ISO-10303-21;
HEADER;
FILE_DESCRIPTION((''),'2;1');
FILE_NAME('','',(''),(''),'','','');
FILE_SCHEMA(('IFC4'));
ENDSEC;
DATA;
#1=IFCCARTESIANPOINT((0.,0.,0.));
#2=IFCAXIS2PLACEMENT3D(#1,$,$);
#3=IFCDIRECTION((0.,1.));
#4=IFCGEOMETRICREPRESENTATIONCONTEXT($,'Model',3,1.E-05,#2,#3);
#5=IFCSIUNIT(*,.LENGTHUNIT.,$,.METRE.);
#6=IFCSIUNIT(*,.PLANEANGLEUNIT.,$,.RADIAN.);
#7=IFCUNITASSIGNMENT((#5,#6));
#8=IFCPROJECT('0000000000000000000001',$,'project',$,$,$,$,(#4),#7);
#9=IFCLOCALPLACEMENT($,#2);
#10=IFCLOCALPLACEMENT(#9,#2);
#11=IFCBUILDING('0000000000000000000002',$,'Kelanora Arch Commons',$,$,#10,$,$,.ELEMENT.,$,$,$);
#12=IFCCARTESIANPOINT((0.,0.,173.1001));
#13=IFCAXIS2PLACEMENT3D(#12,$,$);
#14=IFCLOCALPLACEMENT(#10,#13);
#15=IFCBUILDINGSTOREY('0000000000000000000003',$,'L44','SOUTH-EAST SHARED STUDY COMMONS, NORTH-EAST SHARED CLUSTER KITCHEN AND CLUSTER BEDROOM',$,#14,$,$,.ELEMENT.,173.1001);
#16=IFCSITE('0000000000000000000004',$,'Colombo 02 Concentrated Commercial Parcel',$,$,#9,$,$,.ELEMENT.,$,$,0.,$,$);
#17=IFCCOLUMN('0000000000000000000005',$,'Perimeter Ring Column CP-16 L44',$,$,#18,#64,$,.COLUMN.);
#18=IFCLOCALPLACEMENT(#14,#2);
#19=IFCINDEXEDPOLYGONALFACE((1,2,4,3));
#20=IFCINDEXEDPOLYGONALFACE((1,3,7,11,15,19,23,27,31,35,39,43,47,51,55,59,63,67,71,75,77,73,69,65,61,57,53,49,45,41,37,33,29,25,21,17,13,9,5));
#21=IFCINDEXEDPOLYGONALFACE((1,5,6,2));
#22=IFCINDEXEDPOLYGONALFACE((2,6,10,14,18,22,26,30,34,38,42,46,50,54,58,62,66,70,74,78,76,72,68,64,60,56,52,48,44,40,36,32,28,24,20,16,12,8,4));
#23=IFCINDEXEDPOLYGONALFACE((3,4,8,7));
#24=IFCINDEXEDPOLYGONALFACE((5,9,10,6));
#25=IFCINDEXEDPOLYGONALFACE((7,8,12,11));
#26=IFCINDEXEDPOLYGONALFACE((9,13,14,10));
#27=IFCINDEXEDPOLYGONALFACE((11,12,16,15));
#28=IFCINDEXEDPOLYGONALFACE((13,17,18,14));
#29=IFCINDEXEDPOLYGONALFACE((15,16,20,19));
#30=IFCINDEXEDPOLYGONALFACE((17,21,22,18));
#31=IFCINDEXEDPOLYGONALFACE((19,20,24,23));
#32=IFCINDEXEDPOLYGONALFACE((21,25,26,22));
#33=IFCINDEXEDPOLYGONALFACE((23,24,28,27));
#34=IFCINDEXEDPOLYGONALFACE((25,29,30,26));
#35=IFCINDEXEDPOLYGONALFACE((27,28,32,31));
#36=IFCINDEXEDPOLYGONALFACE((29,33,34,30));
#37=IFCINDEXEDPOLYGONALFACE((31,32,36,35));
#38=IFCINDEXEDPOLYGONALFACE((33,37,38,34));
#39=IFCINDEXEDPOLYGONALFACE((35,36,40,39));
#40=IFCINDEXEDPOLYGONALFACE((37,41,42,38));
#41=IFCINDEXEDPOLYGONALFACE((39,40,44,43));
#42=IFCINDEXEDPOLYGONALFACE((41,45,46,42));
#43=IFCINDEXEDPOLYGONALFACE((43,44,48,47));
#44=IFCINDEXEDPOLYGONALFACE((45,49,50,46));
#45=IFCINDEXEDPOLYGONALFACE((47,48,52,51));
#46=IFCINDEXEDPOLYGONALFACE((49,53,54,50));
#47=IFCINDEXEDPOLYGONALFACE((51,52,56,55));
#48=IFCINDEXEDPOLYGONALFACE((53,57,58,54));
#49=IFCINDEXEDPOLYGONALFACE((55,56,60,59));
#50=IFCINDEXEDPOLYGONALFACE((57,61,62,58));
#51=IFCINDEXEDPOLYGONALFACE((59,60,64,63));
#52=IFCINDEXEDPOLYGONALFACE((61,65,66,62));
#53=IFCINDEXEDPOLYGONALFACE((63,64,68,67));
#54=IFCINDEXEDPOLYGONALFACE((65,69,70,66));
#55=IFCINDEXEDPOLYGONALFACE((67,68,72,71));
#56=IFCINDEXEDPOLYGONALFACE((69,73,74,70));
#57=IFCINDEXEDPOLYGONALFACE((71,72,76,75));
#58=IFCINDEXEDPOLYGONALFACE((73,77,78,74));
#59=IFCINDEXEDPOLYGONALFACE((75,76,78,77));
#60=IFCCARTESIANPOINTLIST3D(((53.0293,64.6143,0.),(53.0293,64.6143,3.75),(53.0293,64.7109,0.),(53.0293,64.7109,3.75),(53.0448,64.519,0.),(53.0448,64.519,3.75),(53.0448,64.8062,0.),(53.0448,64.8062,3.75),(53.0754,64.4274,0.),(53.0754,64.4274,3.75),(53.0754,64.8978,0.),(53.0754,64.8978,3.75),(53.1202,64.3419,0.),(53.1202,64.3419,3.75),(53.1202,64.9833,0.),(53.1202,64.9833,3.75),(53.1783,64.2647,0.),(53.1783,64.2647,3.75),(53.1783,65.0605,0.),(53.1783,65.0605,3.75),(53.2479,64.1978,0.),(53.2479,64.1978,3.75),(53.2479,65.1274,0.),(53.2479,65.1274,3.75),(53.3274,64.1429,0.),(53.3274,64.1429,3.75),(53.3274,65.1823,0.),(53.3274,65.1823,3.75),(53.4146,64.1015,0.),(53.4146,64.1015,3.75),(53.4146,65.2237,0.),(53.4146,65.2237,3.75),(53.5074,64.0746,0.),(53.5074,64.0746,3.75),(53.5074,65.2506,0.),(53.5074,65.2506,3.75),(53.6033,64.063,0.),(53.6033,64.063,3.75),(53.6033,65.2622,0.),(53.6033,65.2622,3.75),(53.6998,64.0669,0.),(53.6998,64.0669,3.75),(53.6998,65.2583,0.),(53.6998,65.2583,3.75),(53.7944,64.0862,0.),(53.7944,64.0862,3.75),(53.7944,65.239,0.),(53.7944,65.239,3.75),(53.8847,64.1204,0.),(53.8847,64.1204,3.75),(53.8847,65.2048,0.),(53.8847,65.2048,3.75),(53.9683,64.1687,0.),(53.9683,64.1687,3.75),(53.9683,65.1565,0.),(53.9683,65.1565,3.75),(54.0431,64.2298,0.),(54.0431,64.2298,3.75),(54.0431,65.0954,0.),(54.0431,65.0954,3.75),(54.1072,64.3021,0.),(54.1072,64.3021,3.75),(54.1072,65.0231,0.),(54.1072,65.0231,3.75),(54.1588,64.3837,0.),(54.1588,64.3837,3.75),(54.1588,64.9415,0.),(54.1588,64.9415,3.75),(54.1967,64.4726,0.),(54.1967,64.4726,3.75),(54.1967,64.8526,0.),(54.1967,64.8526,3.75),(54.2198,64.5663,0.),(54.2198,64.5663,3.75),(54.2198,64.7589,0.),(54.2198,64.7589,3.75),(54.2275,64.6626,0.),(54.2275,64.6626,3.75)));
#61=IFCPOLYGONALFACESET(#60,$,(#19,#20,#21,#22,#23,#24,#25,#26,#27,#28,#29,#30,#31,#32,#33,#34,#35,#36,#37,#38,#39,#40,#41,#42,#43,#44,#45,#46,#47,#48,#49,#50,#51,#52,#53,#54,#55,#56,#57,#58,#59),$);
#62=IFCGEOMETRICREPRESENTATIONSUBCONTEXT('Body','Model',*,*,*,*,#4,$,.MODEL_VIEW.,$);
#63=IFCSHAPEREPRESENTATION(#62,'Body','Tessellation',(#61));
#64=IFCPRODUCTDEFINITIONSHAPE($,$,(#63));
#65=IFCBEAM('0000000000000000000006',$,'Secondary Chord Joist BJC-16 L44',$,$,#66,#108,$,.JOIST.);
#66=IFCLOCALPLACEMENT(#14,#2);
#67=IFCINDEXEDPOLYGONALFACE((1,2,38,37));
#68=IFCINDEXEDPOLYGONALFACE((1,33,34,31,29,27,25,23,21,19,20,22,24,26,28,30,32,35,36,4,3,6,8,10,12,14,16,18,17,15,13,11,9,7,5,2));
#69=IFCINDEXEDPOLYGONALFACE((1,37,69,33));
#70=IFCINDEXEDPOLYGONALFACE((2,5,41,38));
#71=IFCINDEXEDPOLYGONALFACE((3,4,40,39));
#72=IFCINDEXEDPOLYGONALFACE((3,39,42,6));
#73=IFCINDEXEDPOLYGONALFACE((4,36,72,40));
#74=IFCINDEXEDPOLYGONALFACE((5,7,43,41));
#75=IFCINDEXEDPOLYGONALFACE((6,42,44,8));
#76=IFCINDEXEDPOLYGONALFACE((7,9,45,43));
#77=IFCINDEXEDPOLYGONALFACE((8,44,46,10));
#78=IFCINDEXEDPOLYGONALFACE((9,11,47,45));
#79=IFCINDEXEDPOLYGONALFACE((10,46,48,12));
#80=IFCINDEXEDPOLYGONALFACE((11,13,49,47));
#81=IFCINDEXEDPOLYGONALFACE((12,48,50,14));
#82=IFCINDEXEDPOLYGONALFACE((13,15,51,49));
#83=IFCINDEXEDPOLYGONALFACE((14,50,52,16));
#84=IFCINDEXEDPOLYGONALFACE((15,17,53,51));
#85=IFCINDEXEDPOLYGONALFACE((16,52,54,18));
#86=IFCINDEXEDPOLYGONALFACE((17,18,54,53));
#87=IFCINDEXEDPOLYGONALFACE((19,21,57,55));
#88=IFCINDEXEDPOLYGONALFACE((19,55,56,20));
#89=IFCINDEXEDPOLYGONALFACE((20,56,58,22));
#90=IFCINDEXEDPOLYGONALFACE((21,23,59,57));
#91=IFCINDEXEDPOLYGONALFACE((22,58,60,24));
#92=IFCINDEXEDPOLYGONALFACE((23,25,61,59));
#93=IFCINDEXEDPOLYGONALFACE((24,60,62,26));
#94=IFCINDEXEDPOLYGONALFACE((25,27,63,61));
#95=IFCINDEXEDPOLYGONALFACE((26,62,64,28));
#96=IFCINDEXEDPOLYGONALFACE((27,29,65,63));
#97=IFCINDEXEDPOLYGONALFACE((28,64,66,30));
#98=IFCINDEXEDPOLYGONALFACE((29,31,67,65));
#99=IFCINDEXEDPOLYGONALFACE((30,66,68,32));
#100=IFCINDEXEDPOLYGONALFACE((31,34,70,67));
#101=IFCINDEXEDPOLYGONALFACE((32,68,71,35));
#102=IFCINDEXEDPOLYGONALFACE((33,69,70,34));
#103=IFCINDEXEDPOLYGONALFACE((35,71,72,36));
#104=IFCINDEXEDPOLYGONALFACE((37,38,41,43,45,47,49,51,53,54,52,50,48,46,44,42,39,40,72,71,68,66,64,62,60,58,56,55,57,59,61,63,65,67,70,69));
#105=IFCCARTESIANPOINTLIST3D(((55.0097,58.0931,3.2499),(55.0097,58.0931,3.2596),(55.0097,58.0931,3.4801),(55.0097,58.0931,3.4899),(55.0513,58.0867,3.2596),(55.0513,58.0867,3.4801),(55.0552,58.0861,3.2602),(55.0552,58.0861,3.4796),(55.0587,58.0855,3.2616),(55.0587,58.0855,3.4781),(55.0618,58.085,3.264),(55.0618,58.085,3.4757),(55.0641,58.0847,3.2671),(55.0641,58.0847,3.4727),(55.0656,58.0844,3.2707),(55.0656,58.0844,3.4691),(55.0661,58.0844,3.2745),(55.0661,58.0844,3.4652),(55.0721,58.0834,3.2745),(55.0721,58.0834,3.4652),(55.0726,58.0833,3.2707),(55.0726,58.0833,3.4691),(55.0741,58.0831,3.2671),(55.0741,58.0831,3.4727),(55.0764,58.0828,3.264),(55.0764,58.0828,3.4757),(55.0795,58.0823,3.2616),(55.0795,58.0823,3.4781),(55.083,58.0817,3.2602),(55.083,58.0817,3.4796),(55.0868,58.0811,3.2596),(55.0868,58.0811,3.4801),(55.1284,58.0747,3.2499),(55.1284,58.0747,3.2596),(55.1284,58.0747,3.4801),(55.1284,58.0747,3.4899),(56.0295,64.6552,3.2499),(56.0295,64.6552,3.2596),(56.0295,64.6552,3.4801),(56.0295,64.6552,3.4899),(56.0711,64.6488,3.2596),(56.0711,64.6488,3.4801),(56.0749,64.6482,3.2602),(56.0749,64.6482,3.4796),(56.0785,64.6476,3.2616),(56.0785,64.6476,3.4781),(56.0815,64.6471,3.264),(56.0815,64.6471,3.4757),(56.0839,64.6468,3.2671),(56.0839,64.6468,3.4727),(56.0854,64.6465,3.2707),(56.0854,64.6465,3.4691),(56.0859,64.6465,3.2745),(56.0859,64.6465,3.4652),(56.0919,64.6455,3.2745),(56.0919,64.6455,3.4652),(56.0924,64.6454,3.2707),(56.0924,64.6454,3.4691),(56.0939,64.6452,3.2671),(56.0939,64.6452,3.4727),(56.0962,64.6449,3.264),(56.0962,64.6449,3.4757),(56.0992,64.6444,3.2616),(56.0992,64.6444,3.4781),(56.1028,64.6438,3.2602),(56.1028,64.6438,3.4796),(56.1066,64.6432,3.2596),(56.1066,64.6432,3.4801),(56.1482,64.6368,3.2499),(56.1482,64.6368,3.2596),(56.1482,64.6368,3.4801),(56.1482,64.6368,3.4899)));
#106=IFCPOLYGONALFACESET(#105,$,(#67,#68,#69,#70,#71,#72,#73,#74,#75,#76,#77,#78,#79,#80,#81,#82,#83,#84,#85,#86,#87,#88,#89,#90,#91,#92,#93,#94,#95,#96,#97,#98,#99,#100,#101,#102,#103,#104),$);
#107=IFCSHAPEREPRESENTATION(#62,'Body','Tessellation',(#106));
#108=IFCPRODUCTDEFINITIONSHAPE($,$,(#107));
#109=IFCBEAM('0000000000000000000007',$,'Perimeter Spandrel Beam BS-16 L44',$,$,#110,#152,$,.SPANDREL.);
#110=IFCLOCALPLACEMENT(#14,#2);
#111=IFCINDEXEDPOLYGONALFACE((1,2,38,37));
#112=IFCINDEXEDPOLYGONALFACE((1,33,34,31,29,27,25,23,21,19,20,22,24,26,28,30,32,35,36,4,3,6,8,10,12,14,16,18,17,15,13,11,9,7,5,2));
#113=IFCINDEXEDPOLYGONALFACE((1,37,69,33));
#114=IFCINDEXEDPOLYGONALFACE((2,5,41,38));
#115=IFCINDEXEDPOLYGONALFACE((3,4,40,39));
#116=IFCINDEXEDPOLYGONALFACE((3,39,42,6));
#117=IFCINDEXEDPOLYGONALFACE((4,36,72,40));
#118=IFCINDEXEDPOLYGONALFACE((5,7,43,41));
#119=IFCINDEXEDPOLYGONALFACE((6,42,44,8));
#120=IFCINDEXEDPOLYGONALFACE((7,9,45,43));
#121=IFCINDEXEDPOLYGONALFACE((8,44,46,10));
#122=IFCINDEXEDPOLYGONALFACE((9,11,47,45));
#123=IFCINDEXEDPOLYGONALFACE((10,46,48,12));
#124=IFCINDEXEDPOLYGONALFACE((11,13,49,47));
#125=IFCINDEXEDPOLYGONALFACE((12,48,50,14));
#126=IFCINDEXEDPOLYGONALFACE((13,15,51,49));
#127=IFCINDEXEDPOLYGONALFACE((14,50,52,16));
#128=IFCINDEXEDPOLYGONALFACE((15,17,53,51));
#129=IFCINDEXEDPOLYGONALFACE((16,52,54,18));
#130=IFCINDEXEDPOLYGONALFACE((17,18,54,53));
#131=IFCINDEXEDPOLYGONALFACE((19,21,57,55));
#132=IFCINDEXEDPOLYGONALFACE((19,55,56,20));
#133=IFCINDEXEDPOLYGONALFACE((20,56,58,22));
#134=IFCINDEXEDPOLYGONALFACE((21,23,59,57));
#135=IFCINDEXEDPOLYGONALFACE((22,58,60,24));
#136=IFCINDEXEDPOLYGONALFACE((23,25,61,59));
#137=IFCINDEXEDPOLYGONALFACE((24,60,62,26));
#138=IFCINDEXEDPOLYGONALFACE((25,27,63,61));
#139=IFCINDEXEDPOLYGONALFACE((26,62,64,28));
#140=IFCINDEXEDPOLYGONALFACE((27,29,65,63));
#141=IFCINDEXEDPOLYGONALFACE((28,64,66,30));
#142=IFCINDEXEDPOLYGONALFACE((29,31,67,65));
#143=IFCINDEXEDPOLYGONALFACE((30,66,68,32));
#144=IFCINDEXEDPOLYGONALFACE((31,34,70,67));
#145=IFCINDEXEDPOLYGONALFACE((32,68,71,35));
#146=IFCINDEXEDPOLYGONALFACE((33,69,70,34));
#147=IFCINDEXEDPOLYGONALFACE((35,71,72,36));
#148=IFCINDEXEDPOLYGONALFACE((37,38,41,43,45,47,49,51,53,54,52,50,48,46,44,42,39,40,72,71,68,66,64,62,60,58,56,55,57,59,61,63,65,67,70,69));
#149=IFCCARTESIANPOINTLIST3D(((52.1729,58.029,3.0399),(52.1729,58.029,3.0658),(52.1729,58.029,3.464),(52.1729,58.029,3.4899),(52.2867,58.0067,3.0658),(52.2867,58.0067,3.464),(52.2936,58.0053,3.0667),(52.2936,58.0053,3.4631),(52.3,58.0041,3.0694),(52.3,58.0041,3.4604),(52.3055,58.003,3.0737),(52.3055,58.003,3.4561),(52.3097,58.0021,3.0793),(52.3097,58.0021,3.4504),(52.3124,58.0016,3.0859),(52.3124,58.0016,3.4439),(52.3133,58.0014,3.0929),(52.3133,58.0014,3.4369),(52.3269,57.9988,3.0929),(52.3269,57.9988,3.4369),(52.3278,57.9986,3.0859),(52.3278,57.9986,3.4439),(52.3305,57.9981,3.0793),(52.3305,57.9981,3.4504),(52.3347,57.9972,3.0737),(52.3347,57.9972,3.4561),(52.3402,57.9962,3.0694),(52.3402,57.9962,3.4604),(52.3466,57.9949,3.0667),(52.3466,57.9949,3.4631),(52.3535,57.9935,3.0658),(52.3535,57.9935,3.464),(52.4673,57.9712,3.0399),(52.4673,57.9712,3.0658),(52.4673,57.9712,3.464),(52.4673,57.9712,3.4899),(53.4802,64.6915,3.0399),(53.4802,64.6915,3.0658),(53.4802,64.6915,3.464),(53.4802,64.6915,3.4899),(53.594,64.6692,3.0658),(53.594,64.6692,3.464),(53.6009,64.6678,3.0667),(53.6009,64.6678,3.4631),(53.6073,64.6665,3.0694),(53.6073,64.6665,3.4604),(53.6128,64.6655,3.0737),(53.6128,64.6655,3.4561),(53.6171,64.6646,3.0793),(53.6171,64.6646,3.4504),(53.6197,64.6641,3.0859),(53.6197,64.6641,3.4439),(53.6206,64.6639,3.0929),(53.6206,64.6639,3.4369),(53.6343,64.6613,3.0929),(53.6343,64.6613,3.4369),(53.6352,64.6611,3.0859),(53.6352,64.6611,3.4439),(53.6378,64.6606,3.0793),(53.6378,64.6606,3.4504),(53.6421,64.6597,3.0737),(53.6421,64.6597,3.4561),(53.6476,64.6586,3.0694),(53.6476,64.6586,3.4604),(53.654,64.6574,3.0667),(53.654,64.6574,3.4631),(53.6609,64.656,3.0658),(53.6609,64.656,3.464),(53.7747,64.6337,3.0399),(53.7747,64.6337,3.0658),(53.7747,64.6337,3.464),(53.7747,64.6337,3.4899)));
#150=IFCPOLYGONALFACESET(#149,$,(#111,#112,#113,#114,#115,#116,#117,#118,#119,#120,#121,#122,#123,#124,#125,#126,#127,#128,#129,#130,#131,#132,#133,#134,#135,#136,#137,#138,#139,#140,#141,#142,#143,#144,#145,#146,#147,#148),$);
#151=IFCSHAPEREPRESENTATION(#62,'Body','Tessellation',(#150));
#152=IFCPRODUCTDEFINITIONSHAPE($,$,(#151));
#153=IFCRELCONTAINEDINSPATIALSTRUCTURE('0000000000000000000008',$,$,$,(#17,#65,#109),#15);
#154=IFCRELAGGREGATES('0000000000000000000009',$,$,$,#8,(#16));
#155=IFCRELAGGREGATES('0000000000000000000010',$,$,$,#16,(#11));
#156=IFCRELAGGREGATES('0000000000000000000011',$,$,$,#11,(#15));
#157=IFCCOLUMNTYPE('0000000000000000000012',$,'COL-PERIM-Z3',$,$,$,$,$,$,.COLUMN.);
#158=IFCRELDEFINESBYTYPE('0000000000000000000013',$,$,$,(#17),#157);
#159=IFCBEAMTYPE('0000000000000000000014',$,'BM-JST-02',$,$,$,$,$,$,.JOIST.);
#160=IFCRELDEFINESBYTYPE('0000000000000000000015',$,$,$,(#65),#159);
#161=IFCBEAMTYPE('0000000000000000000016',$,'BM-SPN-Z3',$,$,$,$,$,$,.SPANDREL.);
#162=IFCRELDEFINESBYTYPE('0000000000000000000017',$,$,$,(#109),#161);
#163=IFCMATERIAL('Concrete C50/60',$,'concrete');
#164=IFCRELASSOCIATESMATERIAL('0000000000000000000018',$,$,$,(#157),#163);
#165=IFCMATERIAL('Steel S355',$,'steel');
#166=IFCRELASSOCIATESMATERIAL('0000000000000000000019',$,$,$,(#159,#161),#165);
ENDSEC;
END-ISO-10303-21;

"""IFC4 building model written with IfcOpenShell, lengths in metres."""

from ifc_helpers import new_model, si_unit, direction, frame, origin, origin_2d, place, context, subcontext, project, spatial, circle, i_section, extrude, material, material_profile, profile_set, type_object, element, save


model = new_model("IFC4")

# Units and contexts
model_context = context("Model", 3, precision=1e-05, world=origin(), true_north=direction((0.0, 1.0)))
body_context = subcontext(model_context, "Body", "Model", "MODEL_VIEW")
ifc_project = project(units=[si_unit("LENGTHUNIT", "METRE"), si_unit("PLANEANGLEUNIT", "RADIAN")], contexts=[model_context])

# Site, building, storey
site_placement = place(None, origin())
site = spatial("IfcSite", under=ifc_project, at=site_placement, Name="Colombo 02 Concentrated Commercial Parcel", CompositionType="ELEMENT", RefElevation=0.0)
building_placement = place(site_placement, origin())
building = spatial("IfcBuilding", under=site, at=building_placement, Name="Kelanora Arch Commons", CompositionType="ELEMENT")
storey_placement = place(building_placement, frame((0.0, 0.0, 173.1001)))
storey = spatial("IfcBuildingStorey", under=building, at=storey_placement, Name="L44", Description="SOUTH-EAST SHARED STUDY COMMONS, NORTH-EAST SHARED CLUSTER KITCHEN AND CLUSTER BEDROOM", CompositionType="ELEMENT", Elevation=173.1001)

# Column
ifc_material_1 = material(Name="Concrete C50/60", Category="concrete")
ifc_material_profile_1 = material_profile(ifc_material_1, circle(Radius=0.6001, at=origin_2d()), Name="RCC1200")
ifc_profile_set_1 = profile_set([ifc_material_profile_1], Name="Concrete C50/60")
column_type = type_object("IfcColumnType", Name="COL-PERIM-Z3", PredefinedType="COLUMN", material=ifc_profile_set_1)
column_placement = place(storey_placement, frame((53.6274, 64.6626, 0.0), z_axis=(0.0, 0.0, 1.0), x_axis=(1.0, 0.0, 0.0)))
element("IfcColumn", 1, at=column_placement, inside=storey, type_object=column_type, Name="Perimeter Ring Column CP-16 L44", PredefinedType="COLUMN", context=body_context, shape_type="SweptSolid", body=[
    extrude(circle(Radius=0.6001, at=origin_2d()), origin(), (0.0, 0.0, 1.0), 3.75),
])

# Beams
ifc_material_2 = material(Name="Steel S355", Category="steel")
ifc_material_profile_2 = material_profile(ifc_material_2, i_section(OverallWidth=0.1201, OverallDepth=0.24, WebThickness=0.0061, FlangeThickness=0.0098, FilletRadius=0.0149, at=origin_2d()), Name="IPE240")
ifc_profile_set_2 = profile_set([ifc_material_profile_2], Name="Steel S355")
beam_type_1 = type_object("IfcBeamType", Name="BM-JST-02", PredefinedType="JOIST", material=ifc_profile_set_2)
beam_1_placement = place(storey_placement, frame((56.0889, 64.646, 3.3699), z_axis=(-0.153563, -0.988139, 0.0), x_axis=(0.988139, -0.153563, 0.0)))
element("IfcBeam", 2, at=beam_1_placement, inside=storey, type_object=beam_type_1, Name="Secondary Chord Joist BJC-16 L44", PredefinedType="JOIST", context=body_context, shape_type="SweptSolid", body=[
    extrude(i_section(OverallWidth=0.1201, OverallDepth=0.24, WebThickness=0.0061, FlangeThickness=0.0098, FilletRadius=0.0149, at=origin_2d()), origin(), (0.0, 0.0, 1.0), 6.6409),
])
ifc_material_profile_3 = material_profile(ifc_material_2, i_section(OverallWidth=0.3, OverallDepth=0.45, WebThickness=0.0139, FlangeThickness=0.0259, FilletRadius=0.0271, at=origin_2d()), Name="HEB450")
ifc_profile_set_3 = profile_set([ifc_material_profile_3], Name="Steel S355")
beam_type_2 = type_object("IfcBeamType", Name="BM-SPN-Z3", PredefinedType="SPANDREL", material=ifc_profile_set_3)
beam_2_placement = place(storey_placement, frame((53.6274, 64.6626, 3.2649), z_axis=(-0.192554, -0.981286, 0.0), x_axis=(0.981286, -0.192554, 0.0)))
element("IfcBeam", 3, at=beam_2_placement, inside=storey, type_object=beam_type_2, Name="Perimeter Spandrel Beam BS-16 L44", PredefinedType="SPANDREL", context=body_context, shape_type="SweptSolid", body=[
    extrude(i_section(OverallWidth=0.3, OverallDepth=0.45, WebThickness=0.0139, FlangeThickness=0.0259, FilletRadius=0.0271, at=origin_2d()), origin(), (0.0, 0.0, 1.0), 6.7896),
])

save(model, "model.ifc")
